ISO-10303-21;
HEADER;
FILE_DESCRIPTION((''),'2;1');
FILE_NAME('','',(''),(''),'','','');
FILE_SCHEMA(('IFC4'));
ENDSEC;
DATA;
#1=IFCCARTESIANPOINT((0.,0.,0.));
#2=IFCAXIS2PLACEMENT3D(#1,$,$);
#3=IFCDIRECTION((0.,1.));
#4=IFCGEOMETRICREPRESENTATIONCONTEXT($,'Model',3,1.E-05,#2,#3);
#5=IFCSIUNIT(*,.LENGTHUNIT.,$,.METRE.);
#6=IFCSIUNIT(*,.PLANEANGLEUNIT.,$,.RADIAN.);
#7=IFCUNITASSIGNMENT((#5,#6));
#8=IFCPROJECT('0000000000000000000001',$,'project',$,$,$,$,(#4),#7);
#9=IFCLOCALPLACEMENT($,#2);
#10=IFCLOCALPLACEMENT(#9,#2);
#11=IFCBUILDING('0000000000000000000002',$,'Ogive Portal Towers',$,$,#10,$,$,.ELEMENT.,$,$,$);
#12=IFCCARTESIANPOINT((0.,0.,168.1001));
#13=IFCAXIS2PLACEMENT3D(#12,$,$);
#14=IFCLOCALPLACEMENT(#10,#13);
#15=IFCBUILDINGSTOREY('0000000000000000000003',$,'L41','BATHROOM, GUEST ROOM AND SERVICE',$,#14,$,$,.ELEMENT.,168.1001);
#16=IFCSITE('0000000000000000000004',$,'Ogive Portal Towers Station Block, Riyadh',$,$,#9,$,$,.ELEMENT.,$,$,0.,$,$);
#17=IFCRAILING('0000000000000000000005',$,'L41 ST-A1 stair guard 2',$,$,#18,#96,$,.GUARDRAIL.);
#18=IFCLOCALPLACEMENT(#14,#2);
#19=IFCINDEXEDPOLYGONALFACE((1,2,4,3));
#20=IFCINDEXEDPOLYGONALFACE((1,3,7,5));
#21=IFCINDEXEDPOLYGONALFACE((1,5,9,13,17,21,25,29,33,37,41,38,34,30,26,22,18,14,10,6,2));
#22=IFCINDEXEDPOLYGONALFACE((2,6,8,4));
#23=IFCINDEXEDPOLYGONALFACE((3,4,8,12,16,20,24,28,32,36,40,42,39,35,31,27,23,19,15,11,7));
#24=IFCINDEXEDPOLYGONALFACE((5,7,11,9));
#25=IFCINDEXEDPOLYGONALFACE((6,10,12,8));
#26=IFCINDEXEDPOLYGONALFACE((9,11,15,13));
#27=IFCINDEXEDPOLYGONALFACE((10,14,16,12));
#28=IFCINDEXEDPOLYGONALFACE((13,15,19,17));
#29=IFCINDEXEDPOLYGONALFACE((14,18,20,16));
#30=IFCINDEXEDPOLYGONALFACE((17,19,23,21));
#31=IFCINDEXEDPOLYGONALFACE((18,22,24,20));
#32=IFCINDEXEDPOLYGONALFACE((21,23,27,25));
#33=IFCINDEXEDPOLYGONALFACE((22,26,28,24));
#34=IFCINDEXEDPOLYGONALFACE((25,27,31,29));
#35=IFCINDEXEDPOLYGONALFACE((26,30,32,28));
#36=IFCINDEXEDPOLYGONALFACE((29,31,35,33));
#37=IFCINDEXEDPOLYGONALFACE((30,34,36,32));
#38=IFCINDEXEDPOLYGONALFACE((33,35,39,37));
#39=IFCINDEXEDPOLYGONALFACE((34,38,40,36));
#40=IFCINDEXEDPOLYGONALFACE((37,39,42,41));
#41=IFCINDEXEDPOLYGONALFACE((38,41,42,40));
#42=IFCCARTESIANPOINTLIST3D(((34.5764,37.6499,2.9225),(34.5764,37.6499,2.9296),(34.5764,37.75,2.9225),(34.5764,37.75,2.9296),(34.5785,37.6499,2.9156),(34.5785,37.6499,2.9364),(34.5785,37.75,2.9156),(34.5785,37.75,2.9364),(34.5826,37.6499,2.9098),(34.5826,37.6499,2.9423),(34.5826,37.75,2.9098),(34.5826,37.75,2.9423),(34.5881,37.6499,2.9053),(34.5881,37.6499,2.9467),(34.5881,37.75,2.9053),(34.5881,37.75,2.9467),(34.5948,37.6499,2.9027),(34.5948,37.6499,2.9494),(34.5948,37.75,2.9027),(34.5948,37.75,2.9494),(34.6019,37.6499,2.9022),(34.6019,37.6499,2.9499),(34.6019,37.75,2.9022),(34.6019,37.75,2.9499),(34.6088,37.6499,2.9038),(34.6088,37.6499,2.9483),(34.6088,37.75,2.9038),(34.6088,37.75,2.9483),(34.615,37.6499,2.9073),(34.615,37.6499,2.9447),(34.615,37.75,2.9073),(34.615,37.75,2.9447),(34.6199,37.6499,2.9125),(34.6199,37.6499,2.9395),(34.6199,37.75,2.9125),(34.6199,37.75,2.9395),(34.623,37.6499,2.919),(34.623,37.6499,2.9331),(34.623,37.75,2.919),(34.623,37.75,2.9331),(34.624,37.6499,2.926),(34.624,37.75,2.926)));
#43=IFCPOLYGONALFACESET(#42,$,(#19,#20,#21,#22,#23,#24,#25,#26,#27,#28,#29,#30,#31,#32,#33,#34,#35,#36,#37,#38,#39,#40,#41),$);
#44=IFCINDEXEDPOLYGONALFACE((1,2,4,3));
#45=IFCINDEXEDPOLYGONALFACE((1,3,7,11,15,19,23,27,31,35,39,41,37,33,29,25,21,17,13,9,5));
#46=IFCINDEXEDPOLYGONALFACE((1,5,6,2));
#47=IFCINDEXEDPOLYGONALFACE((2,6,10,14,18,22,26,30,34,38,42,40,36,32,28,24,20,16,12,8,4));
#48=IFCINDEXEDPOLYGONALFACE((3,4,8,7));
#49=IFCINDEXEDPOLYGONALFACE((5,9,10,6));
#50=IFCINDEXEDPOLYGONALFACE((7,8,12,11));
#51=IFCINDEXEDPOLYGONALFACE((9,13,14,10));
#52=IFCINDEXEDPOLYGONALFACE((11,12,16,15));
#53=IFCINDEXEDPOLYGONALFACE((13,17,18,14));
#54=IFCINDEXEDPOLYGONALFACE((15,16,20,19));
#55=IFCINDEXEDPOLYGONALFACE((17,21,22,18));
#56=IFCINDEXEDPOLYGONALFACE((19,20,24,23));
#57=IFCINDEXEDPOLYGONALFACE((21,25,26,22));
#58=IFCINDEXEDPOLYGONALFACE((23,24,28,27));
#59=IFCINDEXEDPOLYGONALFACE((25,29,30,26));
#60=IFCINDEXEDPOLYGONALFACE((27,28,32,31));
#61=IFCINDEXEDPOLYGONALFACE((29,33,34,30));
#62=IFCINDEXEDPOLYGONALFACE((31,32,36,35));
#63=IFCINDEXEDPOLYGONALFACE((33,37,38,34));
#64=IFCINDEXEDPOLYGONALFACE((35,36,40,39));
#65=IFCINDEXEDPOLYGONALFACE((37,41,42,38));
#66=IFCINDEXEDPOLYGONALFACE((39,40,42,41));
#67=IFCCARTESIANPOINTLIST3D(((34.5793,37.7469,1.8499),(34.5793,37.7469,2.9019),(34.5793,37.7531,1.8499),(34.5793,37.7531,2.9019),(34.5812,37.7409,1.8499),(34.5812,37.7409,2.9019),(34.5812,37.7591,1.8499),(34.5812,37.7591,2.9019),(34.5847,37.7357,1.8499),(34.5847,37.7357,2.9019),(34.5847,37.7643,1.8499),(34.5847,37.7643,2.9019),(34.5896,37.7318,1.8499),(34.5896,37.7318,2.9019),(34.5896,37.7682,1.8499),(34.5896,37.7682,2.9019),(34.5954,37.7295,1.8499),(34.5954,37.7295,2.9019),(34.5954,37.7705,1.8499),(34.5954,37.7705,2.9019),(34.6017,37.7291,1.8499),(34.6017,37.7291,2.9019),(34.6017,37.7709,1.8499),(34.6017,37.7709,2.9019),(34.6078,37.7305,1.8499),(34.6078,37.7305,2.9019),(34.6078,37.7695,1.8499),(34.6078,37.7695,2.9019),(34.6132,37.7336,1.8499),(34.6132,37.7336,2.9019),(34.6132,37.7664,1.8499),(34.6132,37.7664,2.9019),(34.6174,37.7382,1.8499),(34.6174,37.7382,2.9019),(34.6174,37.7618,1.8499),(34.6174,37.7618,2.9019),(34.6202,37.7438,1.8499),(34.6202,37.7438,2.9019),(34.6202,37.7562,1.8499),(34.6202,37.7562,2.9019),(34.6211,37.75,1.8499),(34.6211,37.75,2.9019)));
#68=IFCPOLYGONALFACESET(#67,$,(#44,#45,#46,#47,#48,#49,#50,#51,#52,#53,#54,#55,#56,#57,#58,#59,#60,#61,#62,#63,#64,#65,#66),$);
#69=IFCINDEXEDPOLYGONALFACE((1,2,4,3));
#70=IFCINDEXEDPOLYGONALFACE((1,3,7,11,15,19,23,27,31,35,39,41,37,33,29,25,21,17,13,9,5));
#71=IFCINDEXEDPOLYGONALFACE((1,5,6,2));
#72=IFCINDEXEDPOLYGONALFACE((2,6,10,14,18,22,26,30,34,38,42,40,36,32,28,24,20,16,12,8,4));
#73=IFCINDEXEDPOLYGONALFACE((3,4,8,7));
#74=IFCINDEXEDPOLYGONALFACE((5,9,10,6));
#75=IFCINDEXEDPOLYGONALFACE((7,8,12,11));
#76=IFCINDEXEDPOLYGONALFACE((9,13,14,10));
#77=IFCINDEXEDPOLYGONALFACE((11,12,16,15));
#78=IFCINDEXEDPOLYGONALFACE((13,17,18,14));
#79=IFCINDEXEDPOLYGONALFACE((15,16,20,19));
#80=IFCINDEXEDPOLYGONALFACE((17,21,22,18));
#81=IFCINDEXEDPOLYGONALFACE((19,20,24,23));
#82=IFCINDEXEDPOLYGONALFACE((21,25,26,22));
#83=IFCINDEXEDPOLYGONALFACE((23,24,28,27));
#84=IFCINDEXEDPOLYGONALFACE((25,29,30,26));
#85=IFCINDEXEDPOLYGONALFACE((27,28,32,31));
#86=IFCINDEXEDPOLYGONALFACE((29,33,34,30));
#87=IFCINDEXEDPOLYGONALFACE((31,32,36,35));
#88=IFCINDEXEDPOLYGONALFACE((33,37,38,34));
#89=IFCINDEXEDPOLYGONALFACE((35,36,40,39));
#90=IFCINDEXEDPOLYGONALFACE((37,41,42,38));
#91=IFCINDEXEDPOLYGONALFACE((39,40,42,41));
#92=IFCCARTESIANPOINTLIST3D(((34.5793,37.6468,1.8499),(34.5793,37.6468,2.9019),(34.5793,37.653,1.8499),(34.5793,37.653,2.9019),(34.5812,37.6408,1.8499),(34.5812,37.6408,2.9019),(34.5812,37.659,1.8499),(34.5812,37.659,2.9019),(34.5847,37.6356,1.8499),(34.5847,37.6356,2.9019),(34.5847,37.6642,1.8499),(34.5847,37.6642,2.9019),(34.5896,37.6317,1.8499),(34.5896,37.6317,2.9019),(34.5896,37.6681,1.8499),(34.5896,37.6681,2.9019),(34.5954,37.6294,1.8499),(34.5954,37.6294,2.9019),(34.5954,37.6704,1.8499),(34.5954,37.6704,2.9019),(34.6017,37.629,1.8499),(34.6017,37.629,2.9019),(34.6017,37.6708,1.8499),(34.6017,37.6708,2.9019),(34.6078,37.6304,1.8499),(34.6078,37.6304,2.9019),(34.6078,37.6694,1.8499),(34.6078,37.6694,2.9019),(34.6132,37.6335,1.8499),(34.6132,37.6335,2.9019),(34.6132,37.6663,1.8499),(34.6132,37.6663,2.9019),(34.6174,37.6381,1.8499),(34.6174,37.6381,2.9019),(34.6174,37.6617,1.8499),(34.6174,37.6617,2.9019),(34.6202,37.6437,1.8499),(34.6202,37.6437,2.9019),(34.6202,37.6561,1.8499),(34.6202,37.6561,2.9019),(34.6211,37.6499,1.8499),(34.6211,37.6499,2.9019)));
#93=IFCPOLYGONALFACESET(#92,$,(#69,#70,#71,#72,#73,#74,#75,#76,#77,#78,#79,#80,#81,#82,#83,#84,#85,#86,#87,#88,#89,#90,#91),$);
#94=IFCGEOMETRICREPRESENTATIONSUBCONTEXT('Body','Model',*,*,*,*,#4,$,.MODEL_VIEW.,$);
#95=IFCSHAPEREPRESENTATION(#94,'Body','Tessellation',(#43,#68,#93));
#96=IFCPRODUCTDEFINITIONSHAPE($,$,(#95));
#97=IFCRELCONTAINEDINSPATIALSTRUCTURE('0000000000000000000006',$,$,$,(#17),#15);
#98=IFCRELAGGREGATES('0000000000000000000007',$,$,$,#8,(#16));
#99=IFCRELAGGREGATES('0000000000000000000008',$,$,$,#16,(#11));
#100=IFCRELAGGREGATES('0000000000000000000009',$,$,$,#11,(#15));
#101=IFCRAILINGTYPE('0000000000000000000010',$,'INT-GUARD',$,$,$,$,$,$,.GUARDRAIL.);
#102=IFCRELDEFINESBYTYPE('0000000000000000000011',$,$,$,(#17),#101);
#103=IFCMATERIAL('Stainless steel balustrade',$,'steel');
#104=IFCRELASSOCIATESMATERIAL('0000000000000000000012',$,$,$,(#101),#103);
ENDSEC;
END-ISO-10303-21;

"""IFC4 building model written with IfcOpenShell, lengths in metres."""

from ifc_helpers import new_model, si_unit, direction, frame, origin, origin_2d, place, context, subcontext, project, spatial, circle, extrude, material, type_object, element, save


model = new_model("IFC4")

# Units and contexts
model_context = context("Model", 3, precision=1e-05, world=origin(), true_north=direction((0.0, 1.0)))
body_context = subcontext(model_context, "Body", "Model", "MODEL_VIEW")
ifc_project = project(units=[si_unit("LENGTHUNIT", "METRE"), si_unit("PLANEANGLEUNIT", "RADIAN")], contexts=[model_context])

# Site, building, storey
site_placement = place(None, origin())
site = spatial("IfcSite", under=ifc_project, at=site_placement, Name="Ogive Portal Towers Station Block, Riyadh", CompositionType="ELEMENT", RefElevation=0.0)
building_placement = place(site_placement, origin())
building = spatial("IfcBuilding", under=site, at=building_placement, Name="Ogive Portal Towers", CompositionType="ELEMENT")
storey_placement = place(building_placement, frame((0.0, 0.0, 168.1001)))
storey = spatial("IfcBuildingStorey", under=building, at=storey_placement, Name="L41", Description="BATHROOM, GUEST ROOM AND SERVICE", CompositionType="ELEMENT", Elevation=168.1001)

# Railing
ifc_material_1 = material(Name="Stainless steel balustrade", Category="steel")
railing_type_1 = type_object("IfcRailingType", Name="INT-GUARD", PredefinedType="GUARDRAIL", material=ifc_material_1)
railing_1_placement = place(storey_placement, frame((34.6001, 37.75, 1.8499)))
element("IfcRailing", 1, at=railing_1_placement, inside=storey, type_object=railing_type_1, Name="L41 ST-A1 stair guard 2", PredefinedType="GUARDRAIL", context=body_context, shape_type="SweptSolid", body=[
    extrude(circle(Radius=0.0239, at=origin_2d()), frame((0.0, 0.0, 1.0762), z_axis=(0.0, -1.0, 0.0), x_axis=(1.0, 0.0, 0.0)), (0.0, 0.0, 1.0), 0.1001),
    extrude(circle(Radius=0.021, at=origin_2d()), origin(), (0.0, 0.0, 1.0), 1.052),
    extrude(circle(Radius=0.021, at=origin_2d()), frame((0.0, -0.1001, 0.0)), (0.0, 0.0, 1.0), 1.052),
])

save(model, "model.ifc")
